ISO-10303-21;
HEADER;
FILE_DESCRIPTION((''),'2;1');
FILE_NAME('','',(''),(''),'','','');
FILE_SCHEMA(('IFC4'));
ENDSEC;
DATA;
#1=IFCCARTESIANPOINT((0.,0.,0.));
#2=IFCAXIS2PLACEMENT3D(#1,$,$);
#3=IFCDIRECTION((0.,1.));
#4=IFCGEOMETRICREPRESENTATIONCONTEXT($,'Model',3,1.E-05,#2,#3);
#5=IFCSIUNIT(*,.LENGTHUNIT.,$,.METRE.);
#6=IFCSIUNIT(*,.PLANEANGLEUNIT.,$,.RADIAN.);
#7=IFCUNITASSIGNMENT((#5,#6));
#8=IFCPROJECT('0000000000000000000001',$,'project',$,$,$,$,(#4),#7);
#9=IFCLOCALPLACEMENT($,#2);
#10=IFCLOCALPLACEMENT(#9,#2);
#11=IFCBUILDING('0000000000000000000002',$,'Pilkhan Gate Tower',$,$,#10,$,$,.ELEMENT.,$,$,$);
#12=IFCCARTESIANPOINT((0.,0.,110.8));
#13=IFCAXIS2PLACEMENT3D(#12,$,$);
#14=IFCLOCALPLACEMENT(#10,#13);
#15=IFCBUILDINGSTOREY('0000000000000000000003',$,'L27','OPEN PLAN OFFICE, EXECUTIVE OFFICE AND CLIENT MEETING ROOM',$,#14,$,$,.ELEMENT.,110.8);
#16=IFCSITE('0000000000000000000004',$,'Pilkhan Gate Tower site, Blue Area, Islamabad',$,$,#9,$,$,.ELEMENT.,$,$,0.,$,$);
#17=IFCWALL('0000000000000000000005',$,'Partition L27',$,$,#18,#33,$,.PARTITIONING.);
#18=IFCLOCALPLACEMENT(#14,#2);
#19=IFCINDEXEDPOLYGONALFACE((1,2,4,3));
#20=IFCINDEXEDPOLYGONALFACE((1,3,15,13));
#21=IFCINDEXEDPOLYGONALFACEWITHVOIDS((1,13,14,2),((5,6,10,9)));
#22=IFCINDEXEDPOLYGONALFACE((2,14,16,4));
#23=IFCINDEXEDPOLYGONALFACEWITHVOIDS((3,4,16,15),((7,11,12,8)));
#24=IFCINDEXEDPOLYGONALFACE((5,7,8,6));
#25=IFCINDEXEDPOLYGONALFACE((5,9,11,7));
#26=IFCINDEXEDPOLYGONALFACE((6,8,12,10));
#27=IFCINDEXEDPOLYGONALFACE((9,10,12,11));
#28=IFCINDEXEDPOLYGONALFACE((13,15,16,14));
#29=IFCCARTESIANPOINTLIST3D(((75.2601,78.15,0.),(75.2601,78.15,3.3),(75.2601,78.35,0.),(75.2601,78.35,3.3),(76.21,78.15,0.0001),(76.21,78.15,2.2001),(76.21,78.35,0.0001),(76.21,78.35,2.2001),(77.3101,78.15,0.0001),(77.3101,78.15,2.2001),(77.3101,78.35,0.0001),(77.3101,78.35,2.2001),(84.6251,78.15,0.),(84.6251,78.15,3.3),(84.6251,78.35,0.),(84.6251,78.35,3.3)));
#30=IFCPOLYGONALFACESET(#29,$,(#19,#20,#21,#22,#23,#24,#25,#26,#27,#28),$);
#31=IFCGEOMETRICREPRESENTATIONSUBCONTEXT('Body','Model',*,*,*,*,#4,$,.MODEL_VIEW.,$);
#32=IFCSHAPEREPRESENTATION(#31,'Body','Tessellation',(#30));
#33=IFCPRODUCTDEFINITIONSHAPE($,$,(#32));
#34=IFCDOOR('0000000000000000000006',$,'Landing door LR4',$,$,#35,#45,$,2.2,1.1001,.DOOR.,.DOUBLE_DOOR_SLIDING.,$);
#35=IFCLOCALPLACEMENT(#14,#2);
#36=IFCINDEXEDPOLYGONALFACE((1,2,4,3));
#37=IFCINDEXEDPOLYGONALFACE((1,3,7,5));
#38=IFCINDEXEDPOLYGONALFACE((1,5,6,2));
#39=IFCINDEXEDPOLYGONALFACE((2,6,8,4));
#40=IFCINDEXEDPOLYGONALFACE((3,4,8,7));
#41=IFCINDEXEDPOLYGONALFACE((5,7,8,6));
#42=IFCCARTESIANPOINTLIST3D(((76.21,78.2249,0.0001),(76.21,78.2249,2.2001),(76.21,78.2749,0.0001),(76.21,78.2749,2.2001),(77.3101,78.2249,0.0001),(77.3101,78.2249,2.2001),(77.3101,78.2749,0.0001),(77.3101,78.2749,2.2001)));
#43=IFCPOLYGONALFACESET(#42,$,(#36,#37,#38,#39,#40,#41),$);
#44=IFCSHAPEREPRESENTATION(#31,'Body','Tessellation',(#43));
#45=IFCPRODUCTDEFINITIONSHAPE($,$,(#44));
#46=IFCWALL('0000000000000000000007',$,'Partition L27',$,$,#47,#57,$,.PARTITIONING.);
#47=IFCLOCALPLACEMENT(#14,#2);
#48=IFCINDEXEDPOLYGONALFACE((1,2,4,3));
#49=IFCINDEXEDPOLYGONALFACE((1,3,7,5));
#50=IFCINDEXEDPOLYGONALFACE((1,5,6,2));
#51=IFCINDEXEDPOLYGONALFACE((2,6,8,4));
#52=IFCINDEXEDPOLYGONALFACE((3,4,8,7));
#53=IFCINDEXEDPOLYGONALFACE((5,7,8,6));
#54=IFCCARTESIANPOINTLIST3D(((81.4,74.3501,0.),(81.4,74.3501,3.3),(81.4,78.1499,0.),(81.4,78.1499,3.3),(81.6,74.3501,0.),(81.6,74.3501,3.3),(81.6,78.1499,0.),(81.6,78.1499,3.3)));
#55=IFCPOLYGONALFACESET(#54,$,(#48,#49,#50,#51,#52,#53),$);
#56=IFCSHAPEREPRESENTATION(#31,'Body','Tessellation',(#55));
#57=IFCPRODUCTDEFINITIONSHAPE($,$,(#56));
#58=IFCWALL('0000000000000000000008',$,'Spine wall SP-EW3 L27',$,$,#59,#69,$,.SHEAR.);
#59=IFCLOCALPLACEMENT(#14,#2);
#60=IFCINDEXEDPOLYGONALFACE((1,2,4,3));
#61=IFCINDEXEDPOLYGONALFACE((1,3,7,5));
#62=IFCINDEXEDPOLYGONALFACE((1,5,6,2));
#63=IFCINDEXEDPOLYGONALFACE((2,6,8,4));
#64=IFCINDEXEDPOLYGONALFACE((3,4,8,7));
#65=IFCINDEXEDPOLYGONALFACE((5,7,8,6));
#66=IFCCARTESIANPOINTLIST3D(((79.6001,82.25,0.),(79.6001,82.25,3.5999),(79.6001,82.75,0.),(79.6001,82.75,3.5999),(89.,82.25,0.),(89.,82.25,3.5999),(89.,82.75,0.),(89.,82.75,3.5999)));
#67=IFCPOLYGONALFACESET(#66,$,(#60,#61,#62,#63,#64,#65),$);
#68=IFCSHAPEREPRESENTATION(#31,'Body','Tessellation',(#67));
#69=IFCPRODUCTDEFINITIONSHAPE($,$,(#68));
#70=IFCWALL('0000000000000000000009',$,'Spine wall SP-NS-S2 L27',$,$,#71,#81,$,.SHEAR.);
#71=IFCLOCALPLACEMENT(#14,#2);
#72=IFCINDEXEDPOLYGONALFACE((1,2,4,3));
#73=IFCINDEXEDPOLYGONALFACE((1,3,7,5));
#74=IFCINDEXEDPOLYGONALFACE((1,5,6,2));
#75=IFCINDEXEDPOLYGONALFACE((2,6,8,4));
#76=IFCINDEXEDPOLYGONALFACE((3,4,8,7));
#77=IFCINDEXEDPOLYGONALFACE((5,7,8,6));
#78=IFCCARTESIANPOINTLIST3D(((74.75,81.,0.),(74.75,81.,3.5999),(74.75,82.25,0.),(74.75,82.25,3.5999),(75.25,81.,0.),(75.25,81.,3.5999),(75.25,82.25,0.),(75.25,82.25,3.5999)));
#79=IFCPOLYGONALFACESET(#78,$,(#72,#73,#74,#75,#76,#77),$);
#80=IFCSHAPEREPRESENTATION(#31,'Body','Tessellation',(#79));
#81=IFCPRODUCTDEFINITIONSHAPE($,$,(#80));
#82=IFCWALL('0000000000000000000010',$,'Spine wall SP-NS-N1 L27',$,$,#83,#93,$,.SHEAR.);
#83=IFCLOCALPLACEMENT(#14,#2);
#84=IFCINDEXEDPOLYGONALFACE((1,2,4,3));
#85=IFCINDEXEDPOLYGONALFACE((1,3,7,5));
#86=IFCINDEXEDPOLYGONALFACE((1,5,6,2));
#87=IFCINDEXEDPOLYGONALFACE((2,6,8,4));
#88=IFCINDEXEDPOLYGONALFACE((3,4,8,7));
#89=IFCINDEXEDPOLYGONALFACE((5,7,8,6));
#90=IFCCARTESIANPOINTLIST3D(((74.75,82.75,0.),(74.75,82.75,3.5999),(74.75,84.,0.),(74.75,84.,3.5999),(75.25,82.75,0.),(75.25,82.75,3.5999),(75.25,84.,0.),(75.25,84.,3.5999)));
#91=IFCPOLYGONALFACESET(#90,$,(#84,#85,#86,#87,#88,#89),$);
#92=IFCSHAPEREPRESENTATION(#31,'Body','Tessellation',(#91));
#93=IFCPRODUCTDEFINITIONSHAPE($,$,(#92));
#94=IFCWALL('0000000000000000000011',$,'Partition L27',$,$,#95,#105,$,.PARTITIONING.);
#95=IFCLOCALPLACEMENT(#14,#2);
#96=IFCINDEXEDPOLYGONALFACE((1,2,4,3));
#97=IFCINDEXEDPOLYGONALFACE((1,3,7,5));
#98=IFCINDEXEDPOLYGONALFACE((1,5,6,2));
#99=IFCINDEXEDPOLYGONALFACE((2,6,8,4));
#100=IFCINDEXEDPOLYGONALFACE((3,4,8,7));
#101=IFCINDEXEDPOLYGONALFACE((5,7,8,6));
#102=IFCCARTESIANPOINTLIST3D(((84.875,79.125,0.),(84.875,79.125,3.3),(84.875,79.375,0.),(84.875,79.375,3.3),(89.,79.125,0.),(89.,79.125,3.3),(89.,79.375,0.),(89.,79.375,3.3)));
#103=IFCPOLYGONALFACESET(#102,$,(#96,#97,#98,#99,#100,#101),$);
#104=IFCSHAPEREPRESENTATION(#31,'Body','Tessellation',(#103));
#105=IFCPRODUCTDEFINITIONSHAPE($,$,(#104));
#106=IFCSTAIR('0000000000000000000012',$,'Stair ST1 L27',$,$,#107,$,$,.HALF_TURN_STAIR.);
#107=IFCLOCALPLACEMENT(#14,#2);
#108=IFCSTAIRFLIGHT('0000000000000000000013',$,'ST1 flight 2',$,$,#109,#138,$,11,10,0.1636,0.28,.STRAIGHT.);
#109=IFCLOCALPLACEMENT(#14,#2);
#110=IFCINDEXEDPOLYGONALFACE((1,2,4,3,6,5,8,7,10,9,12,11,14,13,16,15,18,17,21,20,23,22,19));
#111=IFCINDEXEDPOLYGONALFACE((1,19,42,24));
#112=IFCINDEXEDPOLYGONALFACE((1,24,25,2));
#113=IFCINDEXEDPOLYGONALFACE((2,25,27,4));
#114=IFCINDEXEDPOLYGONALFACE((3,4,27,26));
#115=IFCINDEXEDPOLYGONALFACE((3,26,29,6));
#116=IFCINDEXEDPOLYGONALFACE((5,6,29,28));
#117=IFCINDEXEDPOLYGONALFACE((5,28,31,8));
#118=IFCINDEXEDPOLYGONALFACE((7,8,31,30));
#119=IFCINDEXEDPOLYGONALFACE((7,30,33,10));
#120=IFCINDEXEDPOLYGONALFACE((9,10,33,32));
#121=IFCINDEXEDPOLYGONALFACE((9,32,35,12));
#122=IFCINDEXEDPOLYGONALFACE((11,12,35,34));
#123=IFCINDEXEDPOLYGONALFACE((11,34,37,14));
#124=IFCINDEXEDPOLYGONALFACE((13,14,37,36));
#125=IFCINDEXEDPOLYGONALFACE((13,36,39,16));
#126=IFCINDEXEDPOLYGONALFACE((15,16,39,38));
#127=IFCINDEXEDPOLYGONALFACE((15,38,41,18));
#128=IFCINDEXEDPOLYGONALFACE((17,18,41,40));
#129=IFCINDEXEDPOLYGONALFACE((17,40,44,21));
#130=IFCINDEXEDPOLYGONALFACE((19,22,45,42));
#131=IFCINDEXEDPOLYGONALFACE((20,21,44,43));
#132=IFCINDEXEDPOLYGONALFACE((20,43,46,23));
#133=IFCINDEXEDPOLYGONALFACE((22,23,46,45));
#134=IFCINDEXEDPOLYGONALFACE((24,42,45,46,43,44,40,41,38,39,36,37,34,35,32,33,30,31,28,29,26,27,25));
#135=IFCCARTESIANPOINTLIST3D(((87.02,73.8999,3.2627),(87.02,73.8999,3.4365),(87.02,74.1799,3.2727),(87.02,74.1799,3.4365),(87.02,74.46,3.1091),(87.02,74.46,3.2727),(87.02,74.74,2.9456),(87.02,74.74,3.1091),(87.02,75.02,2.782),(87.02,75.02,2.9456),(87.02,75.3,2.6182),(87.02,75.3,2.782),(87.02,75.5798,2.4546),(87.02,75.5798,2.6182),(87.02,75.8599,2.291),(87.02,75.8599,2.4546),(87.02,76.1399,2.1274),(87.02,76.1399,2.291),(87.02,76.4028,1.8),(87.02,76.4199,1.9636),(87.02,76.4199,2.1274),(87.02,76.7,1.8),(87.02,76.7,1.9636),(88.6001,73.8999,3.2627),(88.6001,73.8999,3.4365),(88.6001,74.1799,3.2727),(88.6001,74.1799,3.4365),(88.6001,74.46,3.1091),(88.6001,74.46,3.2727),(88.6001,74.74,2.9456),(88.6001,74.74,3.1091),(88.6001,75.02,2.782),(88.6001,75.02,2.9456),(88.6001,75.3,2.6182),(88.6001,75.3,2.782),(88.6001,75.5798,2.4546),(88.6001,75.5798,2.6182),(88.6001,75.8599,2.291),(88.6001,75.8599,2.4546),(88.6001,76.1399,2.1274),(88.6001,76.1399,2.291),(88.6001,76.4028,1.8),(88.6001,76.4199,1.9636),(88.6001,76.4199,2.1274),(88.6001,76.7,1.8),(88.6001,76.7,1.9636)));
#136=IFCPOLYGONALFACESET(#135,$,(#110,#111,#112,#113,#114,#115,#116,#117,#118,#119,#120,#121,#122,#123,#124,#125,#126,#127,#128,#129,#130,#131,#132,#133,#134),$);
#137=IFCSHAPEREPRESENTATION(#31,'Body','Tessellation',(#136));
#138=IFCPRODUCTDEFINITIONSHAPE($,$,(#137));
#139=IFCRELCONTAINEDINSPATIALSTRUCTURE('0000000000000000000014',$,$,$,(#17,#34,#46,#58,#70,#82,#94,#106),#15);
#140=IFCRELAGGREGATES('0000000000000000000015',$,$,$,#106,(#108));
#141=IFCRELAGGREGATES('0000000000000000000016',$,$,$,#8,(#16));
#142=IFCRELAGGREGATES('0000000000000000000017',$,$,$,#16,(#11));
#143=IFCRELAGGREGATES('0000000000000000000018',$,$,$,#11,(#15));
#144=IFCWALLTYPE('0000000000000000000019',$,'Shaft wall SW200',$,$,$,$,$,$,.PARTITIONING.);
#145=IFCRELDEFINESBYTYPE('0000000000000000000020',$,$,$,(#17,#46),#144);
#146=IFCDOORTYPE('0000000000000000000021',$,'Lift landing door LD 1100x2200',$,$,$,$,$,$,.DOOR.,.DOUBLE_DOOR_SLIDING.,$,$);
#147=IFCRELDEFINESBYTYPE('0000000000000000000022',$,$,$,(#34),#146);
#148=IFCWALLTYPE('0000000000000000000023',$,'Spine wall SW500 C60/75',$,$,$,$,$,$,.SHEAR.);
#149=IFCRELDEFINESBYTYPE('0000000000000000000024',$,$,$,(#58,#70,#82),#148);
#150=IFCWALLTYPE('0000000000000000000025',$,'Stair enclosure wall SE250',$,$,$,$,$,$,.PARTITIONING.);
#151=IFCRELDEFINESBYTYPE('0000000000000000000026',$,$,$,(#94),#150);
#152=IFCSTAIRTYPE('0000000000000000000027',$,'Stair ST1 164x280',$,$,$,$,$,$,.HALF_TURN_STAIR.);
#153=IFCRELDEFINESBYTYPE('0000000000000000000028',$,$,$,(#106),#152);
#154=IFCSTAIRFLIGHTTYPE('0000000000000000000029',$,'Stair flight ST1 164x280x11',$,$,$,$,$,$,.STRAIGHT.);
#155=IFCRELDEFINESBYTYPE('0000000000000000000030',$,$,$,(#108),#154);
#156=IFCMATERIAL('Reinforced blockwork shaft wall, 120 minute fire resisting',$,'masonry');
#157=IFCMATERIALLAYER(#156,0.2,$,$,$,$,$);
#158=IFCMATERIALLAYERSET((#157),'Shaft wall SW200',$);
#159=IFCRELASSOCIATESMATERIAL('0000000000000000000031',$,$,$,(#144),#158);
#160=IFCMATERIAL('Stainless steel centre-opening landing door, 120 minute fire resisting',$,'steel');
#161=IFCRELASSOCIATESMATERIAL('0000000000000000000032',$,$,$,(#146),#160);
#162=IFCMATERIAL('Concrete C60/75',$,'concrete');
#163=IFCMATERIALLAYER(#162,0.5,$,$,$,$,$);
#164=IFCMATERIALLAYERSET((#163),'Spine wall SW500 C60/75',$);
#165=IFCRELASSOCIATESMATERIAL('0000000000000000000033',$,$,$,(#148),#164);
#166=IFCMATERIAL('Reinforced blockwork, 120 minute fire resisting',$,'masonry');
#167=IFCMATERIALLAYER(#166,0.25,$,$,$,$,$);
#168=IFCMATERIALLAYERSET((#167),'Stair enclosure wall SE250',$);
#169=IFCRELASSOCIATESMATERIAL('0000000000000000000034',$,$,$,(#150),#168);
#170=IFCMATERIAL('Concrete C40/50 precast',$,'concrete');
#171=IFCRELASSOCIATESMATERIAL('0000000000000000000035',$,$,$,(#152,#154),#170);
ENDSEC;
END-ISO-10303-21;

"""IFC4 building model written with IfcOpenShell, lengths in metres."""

from ifc_helpers import new_model, si_unit, direction, frame, frame_2d, origin, place, context, subcontext, project, spatial, polyline, rectangle, outline, extrude, material, layer, layer_set, type_object, element, fill, aggregate, save


model = new_model("IFC4")

# Units and contexts
model_context = context("Model", 3, precision=1e-05, world=origin(), true_north=direction((0.0, 1.0)))
body_context = subcontext(model_context, "Body", "Model", "MODEL_VIEW")
ifc_project = project(units=[si_unit("LENGTHUNIT", "METRE"), si_unit("PLANEANGLEUNIT", "RADIAN")], contexts=[model_context])

# Site, building, storey
site_placement = place(None, origin())
site = spatial("IfcSite", under=ifc_project, at=site_placement, Name="Pilkhan Gate Tower site, Blue Area, Islamabad", CompositionType="ELEMENT", RefElevation=0.0)
building_placement = place(site_placement, origin())
building = spatial("IfcBuilding", under=site, at=building_placement, Name="Pilkhan Gate Tower", CompositionType="ELEMENT")
storey_placement = place(building_placement, frame((0.0, 0.0, 110.8)))
storey = spatial("IfcBuildingStorey", under=building, at=storey_placement, Name="L27", Description="OPEN PLAN OFFICE, EXECUTIVE OFFICE AND CLIENT MEETING ROOM", CompositionType="ELEMENT", Elevation=110.8)

# Shared definitions
ifc_material_1 = material(Name="Concrete C60/75", Category="concrete")

# Wall, opening, door
ifc_material_2 = material(Name="Reinforced blockwork shaft wall, 120 minute fire resisting", Category="masonry")
ifc_layer_1 = layer(ifc_material_2, 0.2)
ifc_layer_set_1 = layer_set([ifc_layer_1], Name="Shaft wall SW200")
wall_type_1 = type_object("IfcWallType", Name="Shaft wall SW200", PredefinedType="PARTITIONING", material=ifc_layer_set_1)
wall_1_placement = place(storey_placement, frame((75.26, 78.25, 0.0), z_axis=(0.0, 0.0, 1.0), x_axis=(1.0, 0.0, 0.0)))
wall_1 = element("IfcWall", 1, at=wall_1_placement, inside=storey, type_object=wall_type_1, Name="Partition L27", PredefinedType="PARTITIONING", context=body_context, shape_type="SweptSolid", body=[
    extrude(rectangle(XDim=9.365, YDim=0.2, at=frame_2d((4.6826, 0.0))), origin(), (0.0, 0.0, 1.0), 3.3),
])
opening_1_placement = place(wall_1_placement, frame((0.95, 0.0, 0.0)))
opening_1 = element("IfcOpeningElement", 2, at=opening_1_placement, cuts=wall_1, PredefinedType="OPENING", context=body_context, shape_type="SweptSolid", body=[
    extrude(rectangle(XDim=1.1001, YDim=2.2, at=frame_2d((0.55, 1.1001))), frame((0.0, 0.1099, 0.0), z_axis=(0.0, -1.0, 0.0), x_axis=(1.0, 0.0, 0.0)), (0.0, 0.0, 1.0), 0.22),
])
ifc_material_3 = material(Name="Stainless steel centre-opening landing door, 120 minute fire resisting", Category="steel")
door_type_1 = type_object("IfcDoorType", Name="Lift landing door LD 1100x2200", OperationType="DOUBLE_DOOR_SLIDING", PredefinedType="DOOR", material=ifc_material_3)
door_1_placement = place(opening_1_placement, origin())
door_1 = element("IfcDoor", 3, at=door_1_placement, inside=storey, type_object=door_type_1, Name="Landing door LR4", OperationType="DOUBLE_DOOR_SLIDING", OverallHeight=2.2, OverallWidth=1.1001, PredefinedType="DOOR", context=body_context, shape_type="SweptSolid", body=[
    extrude(rectangle(XDim=1.1001, YDim=2.2, at=frame_2d((0.55, 1.1001))), frame((0.0, 0.0249, 0.0), z_axis=(0.0, -1.0, 0.0), x_axis=(1.0, 0.0, 0.0)), (0.0, 0.0, 1.0), 0.05),
])
fill(opening_1, door_1)

# Walls
wall_2_placement = place(storey_placement, frame((81.5, 74.3501, 0.0), z_axis=(0.0, 0.0, 1.0), x_axis=(0.0, 1.0, 0.0)))
element("IfcWall", 4, at=wall_2_placement, inside=storey, type_object=wall_type_1, Name="Partition L27", PredefinedType="PARTITIONING", context=body_context, shape_type="SweptSolid", body=[
    extrude(rectangle(XDim=3.7998, YDim=0.2, at=frame_2d((1.8999, 0.0))), origin(), (0.0, 0.0, 1.0), 3.3),
])
ifc_layer_2 = layer(ifc_material_1, 0.5)
ifc_layer_set_2 = layer_set([ifc_layer_2], Name="Spine wall SW500 C60/75")
wall_type_2 = type_object("IfcWallType", Name="Spine wall SW500 C60/75", PredefinedType="SHEAR", material=ifc_layer_set_2)
wall_3_placement = place(storey_placement, frame((79.6001, 82.5, 0.0), z_axis=(0.0, 0.0, 1.0), x_axis=(1.0, 0.0, 0.0)))
element("IfcWall", 5, at=wall_3_placement, inside=storey, type_object=wall_type_2, Name="Spine wall SP-EW3 L27", PredefinedType="SHEAR", context=body_context, shape_type="SweptSolid", body=[
    extrude(rectangle(XDim=9.3999, YDim=0.5, at=frame_2d((4.7, 0.0))), origin(), (0.0, 0.0, 1.0), 3.5999),
])
for number, where, z_axis, x_axis, name in (
    (6, (75.0, 81.0, 0.0), (0.0, 0.0, 1.0), (0.0, 1.0, 0.0), "Spine wall SP-NS-S2 L27"),
    (7, (75.0, 82.75, 0.0), (0.0, 0.0, 1.0), (0.0, 1.0, 0.0), "Spine wall SP-NS-N1 L27"),
):
    element("IfcWall", number, at=place(storey_placement, frame(where, z_axis=z_axis, x_axis=x_axis)), inside=storey, type_object=wall_type_2, Name=name, PredefinedType="SHEAR", context=body_context, shape_type="SweptSolid", body=[
        extrude(rectangle(XDim=1.25, YDim=0.5, at=frame_2d((0.625, 0.0))), origin(), (0.0, 0.0, 1.0), 3.5999),
    ])
ifc_material_4 = material(Name="Reinforced blockwork, 120 minute fire resisting", Category="masonry")
ifc_layer_3 = layer(ifc_material_4, 0.25)
ifc_layer_set_3 = layer_set([ifc_layer_3], Name="Stair enclosure wall SE250")
wall_type_3 = type_object("IfcWallType", Name="Stair enclosure wall SE250", PredefinedType="PARTITIONING", material=ifc_layer_set_3)
wall_4_placement = place(storey_placement, frame((84.875, 79.25, 0.0), z_axis=(0.0, 0.0, 1.0), x_axis=(1.0, 0.0, 0.0)))
element("IfcWall", 8, at=wall_4_placement, inside=storey, type_object=wall_type_3, Name="Partition L27", PredefinedType="PARTITIONING", context=body_context, shape_type="SweptSolid", body=[
    extrude(rectangle(XDim=4.125, YDim=0.25, at=frame_2d((2.0625, 0.0))), origin(), (0.0, 0.0, 1.0), 3.3),
])

# Stair, stair flight
ifc_material_5 = material(Name="Concrete C40/50 precast", Category="concrete")
stair_type = type_object("IfcStairType", Name="Stair ST1 164x280", PredefinedType="HALF_TURN_STAIR", material=ifc_material_5)
stair_placement = place(storey_placement, origin())
stair = element("IfcStair", 9, at=stair_placement, inside=storey, type_object=stair_type, Name="Stair ST1 L27", PredefinedType="HALF_TURN_STAIR")
stair_flight_type = type_object("IfcStairFlightType", Name="Stair flight ST1 164x280x11", PredefinedType="STRAIGHT", material=ifc_material_5)
stair_flight_placement = place(storey_placement, frame((87.8101, 76.7, 1.8), z_axis=(0.0, 0.0, 1.0), x_axis=(0.0, -1.0, 0.0)))
stair_flight = element("IfcStairFlight", 10, at=stair_flight_placement, type_object=stair_flight_type, Name="ST1 flight 2", NumberOfRisers=11, NumberOfTreads=10, PredefinedType="STRAIGHT", RiserHeight=0.1636, TreadLength=0.28, context=body_context, shape_type="SweptSolid", body=[
    extrude(outline(polyline([(0.0, 0.0), (0.0, 0.1636), (0.28, 0.1636), (0.28, 0.3274), (0.5601, 0.3274), (0.5601, 0.491), (0.8401, 0.491), (0.8401, 0.6545), (1.1201, 0.6545), (1.1201, 0.8181), (1.3999, 0.8181), (1.3999, 0.9819), (1.6799, 0.9819), (1.6799, 1.1455), (1.96, 1.1455), (1.96, 1.3091), (2.24, 1.3091), (2.24, 1.4727), (2.52, 1.4727), (2.52, 1.6365), (2.8, 1.6365), (2.8, 1.8), (2.8, 1.4626), (0.2971, 0.0), (0.0, 0.0)])), frame((0.0, 0.79, 0.0), z_axis=(0.0, -1.0, 0.0), x_axis=(1.0, 0.0, 0.0)), (0.0, 0.0, 1.0), 1.5801),
])
aggregate(stair, [stair_flight])

save(model, "model.ifc")
